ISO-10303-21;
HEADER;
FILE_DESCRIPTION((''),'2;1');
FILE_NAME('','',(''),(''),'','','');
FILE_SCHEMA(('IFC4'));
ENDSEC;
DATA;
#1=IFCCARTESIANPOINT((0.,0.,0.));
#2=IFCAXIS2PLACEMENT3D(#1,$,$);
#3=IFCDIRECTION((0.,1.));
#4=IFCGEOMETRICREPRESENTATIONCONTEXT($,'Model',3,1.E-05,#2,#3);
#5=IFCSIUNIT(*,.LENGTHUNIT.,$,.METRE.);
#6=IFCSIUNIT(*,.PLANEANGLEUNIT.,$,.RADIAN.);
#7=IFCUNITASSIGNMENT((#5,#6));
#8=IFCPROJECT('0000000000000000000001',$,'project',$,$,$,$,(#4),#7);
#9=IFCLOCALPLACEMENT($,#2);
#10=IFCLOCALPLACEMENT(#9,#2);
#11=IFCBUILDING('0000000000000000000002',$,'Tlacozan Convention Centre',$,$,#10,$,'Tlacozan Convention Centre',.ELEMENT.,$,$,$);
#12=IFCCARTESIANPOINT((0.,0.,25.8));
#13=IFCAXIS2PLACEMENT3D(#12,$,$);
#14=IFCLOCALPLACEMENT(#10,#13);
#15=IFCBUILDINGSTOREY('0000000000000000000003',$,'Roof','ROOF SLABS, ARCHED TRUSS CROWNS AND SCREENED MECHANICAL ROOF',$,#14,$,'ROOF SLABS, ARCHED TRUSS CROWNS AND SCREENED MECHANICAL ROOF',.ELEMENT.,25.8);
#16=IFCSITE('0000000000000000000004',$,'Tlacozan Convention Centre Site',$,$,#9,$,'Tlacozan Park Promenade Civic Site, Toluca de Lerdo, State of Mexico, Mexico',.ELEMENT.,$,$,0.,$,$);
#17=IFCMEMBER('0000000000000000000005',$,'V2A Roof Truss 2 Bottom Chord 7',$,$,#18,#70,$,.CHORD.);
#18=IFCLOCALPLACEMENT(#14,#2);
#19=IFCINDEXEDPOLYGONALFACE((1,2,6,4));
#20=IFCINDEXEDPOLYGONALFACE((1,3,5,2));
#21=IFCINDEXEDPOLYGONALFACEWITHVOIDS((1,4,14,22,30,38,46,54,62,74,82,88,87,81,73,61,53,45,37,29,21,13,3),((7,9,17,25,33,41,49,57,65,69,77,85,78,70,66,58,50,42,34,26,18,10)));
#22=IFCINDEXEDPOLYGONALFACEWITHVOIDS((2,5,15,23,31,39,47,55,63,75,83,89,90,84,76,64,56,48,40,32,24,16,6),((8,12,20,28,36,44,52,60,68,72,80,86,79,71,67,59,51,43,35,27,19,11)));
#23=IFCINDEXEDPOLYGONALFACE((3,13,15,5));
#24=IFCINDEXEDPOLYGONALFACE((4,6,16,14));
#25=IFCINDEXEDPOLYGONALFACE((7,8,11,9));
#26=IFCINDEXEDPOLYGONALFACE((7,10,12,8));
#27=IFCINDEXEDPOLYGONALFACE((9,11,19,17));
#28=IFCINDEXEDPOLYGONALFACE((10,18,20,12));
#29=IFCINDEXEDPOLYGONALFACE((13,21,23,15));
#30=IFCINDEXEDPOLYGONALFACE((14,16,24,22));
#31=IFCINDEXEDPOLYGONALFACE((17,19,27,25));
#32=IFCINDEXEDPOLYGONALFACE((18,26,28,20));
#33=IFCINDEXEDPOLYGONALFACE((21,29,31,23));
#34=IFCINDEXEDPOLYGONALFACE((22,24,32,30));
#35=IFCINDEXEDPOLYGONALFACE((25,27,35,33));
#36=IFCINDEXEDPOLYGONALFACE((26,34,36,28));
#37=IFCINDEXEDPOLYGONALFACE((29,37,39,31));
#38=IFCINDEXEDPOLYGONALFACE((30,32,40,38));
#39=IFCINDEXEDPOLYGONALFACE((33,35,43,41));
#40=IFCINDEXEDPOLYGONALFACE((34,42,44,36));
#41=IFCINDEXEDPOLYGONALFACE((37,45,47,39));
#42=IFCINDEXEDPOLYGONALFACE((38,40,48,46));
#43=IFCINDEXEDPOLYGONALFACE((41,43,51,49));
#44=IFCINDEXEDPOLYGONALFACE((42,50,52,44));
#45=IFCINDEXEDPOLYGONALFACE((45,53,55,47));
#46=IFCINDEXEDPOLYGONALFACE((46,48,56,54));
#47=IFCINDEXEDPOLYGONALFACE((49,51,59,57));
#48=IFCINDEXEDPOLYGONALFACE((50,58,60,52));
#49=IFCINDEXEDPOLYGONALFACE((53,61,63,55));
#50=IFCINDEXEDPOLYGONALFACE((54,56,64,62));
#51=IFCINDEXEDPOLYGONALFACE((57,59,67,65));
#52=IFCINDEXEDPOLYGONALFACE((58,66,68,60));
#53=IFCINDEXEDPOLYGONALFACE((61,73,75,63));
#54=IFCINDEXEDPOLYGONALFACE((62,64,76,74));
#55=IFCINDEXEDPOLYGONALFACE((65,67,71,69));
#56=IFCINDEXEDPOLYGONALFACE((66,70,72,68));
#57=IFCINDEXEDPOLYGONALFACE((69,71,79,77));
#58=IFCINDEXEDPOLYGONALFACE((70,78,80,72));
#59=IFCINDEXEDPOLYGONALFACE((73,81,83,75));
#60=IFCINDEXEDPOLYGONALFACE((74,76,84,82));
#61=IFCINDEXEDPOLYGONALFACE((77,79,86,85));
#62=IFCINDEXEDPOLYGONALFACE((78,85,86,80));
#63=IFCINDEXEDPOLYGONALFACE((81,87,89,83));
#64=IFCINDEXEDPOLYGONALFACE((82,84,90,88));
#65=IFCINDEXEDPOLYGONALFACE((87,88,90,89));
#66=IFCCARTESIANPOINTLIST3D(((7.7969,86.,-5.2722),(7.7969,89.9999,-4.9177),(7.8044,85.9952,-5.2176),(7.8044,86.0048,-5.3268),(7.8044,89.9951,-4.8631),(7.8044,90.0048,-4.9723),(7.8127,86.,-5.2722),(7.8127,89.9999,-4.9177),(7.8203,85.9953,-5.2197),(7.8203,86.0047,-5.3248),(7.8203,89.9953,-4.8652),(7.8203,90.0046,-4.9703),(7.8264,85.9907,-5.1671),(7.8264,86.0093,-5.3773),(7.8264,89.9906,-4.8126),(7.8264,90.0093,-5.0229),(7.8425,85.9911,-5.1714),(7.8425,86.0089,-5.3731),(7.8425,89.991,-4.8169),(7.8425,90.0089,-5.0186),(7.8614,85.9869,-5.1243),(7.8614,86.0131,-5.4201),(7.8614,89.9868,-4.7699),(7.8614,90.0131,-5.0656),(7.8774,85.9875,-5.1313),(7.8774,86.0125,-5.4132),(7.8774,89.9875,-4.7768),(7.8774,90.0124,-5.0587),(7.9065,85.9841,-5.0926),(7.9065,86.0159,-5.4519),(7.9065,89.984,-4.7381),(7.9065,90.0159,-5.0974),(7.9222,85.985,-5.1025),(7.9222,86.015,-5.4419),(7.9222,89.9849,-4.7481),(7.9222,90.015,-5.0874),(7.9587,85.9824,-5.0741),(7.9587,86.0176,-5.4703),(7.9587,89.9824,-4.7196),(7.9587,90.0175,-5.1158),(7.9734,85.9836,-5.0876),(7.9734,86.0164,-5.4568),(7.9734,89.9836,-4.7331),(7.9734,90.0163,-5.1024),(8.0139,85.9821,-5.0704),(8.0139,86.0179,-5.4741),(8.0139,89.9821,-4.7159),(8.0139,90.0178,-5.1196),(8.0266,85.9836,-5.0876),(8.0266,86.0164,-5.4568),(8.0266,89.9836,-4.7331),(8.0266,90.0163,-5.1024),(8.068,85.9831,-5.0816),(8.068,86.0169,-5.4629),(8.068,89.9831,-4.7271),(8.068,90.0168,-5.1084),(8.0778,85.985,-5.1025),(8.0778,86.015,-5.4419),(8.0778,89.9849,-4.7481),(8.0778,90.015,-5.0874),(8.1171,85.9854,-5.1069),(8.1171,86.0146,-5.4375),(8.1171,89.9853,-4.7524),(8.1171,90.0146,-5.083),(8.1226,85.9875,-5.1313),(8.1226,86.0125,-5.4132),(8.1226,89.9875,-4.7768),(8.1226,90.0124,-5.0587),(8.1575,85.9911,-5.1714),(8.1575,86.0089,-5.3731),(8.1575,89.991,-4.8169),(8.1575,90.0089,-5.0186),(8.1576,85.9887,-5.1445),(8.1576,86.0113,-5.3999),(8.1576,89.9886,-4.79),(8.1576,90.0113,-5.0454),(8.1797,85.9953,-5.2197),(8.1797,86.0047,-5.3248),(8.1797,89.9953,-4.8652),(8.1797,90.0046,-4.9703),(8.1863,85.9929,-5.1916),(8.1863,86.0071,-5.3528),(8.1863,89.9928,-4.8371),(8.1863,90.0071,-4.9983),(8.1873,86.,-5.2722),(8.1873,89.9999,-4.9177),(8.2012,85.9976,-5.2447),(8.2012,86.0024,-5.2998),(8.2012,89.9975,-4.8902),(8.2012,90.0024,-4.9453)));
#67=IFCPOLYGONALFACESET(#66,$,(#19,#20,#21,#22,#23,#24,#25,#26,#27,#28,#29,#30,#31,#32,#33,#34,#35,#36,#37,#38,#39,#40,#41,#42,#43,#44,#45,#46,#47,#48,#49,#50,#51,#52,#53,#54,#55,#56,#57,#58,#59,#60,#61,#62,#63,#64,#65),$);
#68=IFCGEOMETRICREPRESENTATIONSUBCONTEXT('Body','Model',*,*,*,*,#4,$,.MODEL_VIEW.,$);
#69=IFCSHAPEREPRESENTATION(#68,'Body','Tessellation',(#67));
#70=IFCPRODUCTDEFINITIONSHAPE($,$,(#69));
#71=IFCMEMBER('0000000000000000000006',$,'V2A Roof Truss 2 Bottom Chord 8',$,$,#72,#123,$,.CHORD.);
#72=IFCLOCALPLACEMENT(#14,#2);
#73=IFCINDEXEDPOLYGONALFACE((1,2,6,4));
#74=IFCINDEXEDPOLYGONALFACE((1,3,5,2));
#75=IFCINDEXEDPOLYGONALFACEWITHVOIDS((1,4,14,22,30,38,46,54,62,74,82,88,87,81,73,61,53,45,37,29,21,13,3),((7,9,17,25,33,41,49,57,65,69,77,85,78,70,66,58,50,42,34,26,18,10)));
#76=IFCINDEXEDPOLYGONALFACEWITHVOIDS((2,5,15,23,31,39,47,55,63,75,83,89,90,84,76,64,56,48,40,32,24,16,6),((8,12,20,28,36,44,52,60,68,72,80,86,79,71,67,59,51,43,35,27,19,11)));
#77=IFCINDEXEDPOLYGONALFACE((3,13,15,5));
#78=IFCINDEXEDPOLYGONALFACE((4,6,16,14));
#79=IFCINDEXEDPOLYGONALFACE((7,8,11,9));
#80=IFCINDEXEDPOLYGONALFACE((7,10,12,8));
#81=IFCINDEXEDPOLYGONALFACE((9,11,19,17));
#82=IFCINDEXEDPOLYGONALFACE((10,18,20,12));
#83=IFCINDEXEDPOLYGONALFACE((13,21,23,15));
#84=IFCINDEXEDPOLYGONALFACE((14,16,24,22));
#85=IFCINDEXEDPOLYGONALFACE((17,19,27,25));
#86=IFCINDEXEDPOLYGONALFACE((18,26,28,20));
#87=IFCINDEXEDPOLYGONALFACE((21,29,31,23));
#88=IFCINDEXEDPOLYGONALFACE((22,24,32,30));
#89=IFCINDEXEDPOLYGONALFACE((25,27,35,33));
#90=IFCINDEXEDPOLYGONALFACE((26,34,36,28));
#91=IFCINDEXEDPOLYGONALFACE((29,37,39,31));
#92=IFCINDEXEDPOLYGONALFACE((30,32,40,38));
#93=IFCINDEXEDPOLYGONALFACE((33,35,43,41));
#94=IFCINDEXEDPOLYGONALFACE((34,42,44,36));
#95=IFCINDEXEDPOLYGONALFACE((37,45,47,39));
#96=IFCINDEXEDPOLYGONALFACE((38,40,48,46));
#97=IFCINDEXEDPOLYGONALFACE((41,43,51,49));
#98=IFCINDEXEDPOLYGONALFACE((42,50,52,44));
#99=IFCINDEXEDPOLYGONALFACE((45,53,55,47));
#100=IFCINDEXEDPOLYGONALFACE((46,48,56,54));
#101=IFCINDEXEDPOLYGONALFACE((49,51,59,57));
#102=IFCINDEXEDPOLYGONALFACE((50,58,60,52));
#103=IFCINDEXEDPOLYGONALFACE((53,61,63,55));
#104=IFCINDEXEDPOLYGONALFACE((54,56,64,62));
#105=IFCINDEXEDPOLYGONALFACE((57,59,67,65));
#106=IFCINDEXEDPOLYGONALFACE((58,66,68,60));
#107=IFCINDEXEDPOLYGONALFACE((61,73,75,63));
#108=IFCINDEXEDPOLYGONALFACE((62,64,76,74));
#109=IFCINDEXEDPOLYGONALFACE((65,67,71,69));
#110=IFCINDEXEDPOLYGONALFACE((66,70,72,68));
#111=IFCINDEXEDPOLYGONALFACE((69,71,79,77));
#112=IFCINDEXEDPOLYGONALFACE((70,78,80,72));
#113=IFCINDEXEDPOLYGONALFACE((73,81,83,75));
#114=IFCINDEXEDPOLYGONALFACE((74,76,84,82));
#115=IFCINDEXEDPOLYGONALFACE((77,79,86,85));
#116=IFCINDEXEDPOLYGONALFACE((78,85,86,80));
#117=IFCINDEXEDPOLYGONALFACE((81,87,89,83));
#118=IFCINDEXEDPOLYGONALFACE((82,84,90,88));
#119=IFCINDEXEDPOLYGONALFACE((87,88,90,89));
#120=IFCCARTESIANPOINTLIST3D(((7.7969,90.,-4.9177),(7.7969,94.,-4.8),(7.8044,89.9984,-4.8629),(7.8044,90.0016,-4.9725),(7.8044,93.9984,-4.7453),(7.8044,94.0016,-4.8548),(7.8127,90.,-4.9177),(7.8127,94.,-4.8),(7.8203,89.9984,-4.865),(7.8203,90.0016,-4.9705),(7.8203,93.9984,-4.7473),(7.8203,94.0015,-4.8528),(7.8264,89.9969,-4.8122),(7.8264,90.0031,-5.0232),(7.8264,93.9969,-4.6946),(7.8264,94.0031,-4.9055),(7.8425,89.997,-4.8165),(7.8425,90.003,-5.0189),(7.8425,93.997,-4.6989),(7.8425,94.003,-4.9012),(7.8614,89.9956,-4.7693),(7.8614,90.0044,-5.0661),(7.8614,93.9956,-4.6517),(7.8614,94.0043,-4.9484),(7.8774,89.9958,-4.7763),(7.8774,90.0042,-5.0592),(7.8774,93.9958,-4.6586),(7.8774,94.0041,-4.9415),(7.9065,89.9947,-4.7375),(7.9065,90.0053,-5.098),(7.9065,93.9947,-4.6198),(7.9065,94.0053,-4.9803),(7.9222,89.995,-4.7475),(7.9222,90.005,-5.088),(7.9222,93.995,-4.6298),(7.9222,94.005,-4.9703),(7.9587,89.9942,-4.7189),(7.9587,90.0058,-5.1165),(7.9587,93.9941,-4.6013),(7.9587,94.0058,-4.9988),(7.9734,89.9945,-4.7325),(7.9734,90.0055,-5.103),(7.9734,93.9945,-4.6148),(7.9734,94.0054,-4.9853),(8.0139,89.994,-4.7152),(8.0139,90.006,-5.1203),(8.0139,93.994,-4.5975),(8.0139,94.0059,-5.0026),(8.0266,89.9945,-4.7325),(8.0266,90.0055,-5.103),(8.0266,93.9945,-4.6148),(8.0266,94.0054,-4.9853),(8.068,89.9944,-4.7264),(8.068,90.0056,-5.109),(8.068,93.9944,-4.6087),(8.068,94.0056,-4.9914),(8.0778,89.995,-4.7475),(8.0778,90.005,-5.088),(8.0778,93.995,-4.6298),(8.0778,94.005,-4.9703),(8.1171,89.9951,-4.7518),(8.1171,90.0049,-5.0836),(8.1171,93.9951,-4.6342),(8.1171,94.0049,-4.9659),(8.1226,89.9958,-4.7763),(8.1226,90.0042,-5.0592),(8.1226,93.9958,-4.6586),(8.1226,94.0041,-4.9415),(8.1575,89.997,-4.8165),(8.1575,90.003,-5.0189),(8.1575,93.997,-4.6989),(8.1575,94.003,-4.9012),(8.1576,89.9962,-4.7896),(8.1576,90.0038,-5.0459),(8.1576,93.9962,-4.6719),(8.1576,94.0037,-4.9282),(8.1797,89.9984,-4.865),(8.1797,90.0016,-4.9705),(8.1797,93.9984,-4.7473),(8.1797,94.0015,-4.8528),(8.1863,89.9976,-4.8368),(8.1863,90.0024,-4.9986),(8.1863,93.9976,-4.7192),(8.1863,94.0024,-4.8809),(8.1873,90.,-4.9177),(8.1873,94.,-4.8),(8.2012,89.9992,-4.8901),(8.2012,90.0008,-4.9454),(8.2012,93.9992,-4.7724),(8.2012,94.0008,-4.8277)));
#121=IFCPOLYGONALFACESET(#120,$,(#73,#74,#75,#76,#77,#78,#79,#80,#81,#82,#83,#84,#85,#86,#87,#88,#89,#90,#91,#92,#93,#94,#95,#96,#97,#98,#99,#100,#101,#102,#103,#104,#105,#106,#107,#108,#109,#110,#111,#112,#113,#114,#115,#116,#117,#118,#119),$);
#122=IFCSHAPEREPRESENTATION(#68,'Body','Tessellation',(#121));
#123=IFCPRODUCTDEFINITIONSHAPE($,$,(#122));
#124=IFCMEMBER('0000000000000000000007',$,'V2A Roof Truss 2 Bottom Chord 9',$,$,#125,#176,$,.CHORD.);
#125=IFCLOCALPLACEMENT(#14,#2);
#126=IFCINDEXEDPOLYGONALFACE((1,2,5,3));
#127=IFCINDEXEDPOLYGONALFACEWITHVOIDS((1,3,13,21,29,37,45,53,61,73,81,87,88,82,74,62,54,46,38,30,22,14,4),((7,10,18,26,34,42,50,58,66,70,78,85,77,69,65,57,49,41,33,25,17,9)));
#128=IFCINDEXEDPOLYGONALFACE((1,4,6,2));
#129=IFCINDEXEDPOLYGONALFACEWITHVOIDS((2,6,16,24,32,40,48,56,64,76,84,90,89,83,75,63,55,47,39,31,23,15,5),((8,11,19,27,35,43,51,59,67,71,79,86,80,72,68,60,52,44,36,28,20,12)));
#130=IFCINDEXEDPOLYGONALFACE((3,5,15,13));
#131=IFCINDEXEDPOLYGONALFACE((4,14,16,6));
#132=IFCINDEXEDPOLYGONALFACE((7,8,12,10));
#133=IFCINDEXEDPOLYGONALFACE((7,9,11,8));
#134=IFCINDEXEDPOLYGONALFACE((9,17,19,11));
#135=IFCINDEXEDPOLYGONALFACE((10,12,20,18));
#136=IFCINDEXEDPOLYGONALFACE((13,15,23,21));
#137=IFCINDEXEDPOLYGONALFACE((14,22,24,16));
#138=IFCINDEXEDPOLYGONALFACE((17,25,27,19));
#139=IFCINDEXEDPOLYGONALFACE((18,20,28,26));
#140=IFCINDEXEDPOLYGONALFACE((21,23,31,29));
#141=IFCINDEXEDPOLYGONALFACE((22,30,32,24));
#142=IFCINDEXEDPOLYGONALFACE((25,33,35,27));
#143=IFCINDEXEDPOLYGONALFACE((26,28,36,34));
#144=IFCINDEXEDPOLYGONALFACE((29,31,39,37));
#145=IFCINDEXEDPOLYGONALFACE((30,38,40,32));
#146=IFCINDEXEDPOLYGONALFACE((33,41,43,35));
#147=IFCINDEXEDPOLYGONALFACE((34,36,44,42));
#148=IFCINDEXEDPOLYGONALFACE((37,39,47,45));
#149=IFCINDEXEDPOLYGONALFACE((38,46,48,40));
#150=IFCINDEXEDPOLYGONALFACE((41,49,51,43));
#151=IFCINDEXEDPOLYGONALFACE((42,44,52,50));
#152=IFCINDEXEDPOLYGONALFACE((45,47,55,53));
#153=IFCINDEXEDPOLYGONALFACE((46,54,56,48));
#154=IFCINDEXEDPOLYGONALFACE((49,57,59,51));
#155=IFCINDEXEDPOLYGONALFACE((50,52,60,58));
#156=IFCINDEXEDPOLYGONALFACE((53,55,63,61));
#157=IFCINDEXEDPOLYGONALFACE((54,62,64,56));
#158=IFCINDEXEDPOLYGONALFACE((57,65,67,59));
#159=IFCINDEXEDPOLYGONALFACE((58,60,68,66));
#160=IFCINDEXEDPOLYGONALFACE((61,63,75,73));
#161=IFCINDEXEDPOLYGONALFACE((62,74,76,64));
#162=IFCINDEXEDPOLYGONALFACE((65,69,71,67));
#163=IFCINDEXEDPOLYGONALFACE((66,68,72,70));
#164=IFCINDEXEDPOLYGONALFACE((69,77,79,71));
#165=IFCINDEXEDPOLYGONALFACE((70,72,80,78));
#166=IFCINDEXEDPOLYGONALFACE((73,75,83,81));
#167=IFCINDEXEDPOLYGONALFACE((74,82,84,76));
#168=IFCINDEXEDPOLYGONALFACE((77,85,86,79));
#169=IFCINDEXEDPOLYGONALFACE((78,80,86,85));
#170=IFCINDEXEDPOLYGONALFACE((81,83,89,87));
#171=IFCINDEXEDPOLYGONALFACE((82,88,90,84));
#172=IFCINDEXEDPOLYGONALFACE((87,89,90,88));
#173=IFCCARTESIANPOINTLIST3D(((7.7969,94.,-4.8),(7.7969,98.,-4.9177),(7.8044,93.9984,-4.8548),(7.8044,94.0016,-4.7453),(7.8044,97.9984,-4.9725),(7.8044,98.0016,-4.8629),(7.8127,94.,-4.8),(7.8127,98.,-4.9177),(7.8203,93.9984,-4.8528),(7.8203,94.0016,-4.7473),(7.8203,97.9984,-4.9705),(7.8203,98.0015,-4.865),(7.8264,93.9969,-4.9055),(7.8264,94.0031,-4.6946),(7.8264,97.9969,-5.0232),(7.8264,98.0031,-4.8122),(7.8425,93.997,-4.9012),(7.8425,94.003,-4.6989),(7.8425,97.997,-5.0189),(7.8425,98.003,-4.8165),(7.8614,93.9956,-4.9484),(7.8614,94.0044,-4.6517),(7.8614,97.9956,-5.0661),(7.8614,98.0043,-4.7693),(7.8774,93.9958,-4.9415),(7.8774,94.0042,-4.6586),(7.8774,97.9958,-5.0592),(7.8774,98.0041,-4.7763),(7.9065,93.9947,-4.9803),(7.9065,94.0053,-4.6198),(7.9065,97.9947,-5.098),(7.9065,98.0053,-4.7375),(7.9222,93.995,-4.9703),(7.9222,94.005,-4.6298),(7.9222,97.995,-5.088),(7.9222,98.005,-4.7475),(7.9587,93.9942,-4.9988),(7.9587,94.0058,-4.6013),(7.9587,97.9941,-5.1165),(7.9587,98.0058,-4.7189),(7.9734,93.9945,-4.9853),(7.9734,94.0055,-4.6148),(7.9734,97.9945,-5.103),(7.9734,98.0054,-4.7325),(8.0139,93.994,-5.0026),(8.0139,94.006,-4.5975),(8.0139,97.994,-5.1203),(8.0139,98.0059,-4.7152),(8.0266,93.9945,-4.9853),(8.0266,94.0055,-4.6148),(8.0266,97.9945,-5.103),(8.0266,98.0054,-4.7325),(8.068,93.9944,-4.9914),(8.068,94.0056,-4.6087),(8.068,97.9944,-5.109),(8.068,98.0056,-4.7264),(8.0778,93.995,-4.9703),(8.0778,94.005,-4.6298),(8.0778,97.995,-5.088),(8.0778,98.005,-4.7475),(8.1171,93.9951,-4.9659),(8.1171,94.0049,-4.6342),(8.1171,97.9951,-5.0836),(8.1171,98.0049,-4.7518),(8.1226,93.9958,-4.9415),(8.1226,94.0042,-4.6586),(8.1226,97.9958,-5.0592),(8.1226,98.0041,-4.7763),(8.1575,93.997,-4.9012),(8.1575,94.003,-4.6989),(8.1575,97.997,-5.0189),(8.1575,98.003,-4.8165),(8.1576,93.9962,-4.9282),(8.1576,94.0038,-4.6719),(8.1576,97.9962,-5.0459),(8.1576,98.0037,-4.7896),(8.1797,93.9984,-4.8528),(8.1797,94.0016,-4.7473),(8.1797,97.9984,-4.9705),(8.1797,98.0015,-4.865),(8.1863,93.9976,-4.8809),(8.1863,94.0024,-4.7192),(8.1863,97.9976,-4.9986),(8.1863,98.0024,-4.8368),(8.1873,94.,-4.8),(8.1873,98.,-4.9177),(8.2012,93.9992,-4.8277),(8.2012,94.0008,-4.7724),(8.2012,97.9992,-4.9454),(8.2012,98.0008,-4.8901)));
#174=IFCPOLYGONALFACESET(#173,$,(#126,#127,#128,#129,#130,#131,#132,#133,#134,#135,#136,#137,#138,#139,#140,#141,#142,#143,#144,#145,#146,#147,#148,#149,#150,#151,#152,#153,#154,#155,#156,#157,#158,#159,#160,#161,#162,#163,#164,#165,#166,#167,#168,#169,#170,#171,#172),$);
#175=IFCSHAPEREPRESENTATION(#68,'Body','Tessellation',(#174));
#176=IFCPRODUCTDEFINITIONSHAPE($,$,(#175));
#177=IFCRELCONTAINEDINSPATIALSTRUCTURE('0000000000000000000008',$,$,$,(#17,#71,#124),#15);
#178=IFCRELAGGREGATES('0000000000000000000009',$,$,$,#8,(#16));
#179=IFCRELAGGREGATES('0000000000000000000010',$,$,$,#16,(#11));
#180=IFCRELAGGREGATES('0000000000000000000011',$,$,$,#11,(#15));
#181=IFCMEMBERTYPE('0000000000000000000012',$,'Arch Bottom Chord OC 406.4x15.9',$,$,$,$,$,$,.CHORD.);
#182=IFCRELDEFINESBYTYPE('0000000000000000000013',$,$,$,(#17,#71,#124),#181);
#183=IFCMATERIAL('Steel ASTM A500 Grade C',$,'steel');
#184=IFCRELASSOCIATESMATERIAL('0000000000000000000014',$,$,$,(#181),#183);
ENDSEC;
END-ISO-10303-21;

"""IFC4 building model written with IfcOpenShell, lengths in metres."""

from ifc_helpers import new_model, si_unit, direction, frame, origin, origin_2d, place, context, subcontext, project, spatial, hollow_circle, extrude, material, material_profile, profile_set, type_object, element, save


model = new_model("IFC4")

# Units and contexts
model_context = context("Model", 3, precision=1e-05, world=origin(), true_north=direction((0.0, 1.0)))
body_context = subcontext(model_context, "Body", "Model", "MODEL_VIEW")
ifc_project = project(units=[si_unit("LENGTHUNIT", "METRE"), si_unit("PLANEANGLEUNIT", "RADIAN")], contexts=[model_context])

# Site, building, storey
site_placement = place(None, origin())
site = spatial("IfcSite", under=ifc_project, at=site_placement, Name="Tlacozan Convention Centre Site", LongName="Tlacozan Park Promenade Civic Site, Toluca de Lerdo, State of Mexico, Mexico", CompositionType="ELEMENT", RefElevation=0.0)
building_placement = place(site_placement, origin())
building = spatial("IfcBuilding", under=site, at=building_placement, Name="Tlacozan Convention Centre", LongName="Tlacozan Convention Centre", CompositionType="ELEMENT")
storey_placement = place(building_placement, frame((0.0, 0.0, 25.8)))
storey = spatial("IfcBuildingStorey", under=building, at=storey_placement, Name="Roof", Description="ROOF SLABS, ARCHED TRUSS CROWNS AND SCREENED MECHANICAL ROOF", LongName="ROOF SLABS, ARCHED TRUSS CROWNS AND SCREENED MECHANICAL ROOF", CompositionType="ELEMENT", Elevation=25.8)

# Members
ifc_material_1 = material(Name="Steel ASTM A500 Grade C", Category="steel")
ifc_material_profile_1 = material_profile(ifc_material_1, hollow_circle(Radius=0.2031, WallThickness=0.0159, at=origin_2d()), Name="OC 406.4x15.9")
ifc_profile_set_1 = profile_set([ifc_material_profile_1], Name="Steel ASTM A500 Grade C")
member_type_1 = type_object("IfcMemberType", Name="Arch Bottom Chord OC 406.4x15.9", PredefinedType="CHORD", material=ifc_profile_set_1)
member_1_placement = place(storey_placement, frame((8.0, 86.0, -5.2722), z_axis=(0.0, 0.996096, 0.088277), x_axis=(-1.0, 0.0, 0.0)))
element("IfcMember", 1, at=member_1_placement, inside=storey, type_object=member_type_1, Name="V2A Roof Truss 2 Bottom Chord 7", PredefinedType="CHORD", context=body_context, shape_type="SweptSolid", body=[
    extrude(hollow_circle(Radius=0.2031, WallThickness=0.0159, at=origin_2d()), origin(), (0.0, 0.0, 1.0), 4.0156),
])
for number, where, z_axis, x_axis, name in (
    (2, (8.0, 90.0, -4.9177), (0.0, 0.999568, 0.029406), (-1.0, 0.0, 0.0), "V2A Roof Truss 2 Bottom Chord 8"),
    (3, (8.0, 94.0, -4.8), (0.0, 0.999568, -0.029406), (-1.0, 0.0, 0.0), "V2A Roof Truss 2 Bottom Chord 9"),
):
    element("IfcMember", number, at=place(storey_placement, frame(where, z_axis=z_axis, x_axis=x_axis)), inside=storey, type_object=member_type_1, Name=name, PredefinedType="CHORD", context=body_context, shape_type="SweptSolid", body=[
        extrude(hollow_circle(Radius=0.2031, WallThickness=0.0159, at=origin_2d()), origin(), (0.0, 0.0, 1.0), 4.0017),
    ])

save(model, "model.ifc")
